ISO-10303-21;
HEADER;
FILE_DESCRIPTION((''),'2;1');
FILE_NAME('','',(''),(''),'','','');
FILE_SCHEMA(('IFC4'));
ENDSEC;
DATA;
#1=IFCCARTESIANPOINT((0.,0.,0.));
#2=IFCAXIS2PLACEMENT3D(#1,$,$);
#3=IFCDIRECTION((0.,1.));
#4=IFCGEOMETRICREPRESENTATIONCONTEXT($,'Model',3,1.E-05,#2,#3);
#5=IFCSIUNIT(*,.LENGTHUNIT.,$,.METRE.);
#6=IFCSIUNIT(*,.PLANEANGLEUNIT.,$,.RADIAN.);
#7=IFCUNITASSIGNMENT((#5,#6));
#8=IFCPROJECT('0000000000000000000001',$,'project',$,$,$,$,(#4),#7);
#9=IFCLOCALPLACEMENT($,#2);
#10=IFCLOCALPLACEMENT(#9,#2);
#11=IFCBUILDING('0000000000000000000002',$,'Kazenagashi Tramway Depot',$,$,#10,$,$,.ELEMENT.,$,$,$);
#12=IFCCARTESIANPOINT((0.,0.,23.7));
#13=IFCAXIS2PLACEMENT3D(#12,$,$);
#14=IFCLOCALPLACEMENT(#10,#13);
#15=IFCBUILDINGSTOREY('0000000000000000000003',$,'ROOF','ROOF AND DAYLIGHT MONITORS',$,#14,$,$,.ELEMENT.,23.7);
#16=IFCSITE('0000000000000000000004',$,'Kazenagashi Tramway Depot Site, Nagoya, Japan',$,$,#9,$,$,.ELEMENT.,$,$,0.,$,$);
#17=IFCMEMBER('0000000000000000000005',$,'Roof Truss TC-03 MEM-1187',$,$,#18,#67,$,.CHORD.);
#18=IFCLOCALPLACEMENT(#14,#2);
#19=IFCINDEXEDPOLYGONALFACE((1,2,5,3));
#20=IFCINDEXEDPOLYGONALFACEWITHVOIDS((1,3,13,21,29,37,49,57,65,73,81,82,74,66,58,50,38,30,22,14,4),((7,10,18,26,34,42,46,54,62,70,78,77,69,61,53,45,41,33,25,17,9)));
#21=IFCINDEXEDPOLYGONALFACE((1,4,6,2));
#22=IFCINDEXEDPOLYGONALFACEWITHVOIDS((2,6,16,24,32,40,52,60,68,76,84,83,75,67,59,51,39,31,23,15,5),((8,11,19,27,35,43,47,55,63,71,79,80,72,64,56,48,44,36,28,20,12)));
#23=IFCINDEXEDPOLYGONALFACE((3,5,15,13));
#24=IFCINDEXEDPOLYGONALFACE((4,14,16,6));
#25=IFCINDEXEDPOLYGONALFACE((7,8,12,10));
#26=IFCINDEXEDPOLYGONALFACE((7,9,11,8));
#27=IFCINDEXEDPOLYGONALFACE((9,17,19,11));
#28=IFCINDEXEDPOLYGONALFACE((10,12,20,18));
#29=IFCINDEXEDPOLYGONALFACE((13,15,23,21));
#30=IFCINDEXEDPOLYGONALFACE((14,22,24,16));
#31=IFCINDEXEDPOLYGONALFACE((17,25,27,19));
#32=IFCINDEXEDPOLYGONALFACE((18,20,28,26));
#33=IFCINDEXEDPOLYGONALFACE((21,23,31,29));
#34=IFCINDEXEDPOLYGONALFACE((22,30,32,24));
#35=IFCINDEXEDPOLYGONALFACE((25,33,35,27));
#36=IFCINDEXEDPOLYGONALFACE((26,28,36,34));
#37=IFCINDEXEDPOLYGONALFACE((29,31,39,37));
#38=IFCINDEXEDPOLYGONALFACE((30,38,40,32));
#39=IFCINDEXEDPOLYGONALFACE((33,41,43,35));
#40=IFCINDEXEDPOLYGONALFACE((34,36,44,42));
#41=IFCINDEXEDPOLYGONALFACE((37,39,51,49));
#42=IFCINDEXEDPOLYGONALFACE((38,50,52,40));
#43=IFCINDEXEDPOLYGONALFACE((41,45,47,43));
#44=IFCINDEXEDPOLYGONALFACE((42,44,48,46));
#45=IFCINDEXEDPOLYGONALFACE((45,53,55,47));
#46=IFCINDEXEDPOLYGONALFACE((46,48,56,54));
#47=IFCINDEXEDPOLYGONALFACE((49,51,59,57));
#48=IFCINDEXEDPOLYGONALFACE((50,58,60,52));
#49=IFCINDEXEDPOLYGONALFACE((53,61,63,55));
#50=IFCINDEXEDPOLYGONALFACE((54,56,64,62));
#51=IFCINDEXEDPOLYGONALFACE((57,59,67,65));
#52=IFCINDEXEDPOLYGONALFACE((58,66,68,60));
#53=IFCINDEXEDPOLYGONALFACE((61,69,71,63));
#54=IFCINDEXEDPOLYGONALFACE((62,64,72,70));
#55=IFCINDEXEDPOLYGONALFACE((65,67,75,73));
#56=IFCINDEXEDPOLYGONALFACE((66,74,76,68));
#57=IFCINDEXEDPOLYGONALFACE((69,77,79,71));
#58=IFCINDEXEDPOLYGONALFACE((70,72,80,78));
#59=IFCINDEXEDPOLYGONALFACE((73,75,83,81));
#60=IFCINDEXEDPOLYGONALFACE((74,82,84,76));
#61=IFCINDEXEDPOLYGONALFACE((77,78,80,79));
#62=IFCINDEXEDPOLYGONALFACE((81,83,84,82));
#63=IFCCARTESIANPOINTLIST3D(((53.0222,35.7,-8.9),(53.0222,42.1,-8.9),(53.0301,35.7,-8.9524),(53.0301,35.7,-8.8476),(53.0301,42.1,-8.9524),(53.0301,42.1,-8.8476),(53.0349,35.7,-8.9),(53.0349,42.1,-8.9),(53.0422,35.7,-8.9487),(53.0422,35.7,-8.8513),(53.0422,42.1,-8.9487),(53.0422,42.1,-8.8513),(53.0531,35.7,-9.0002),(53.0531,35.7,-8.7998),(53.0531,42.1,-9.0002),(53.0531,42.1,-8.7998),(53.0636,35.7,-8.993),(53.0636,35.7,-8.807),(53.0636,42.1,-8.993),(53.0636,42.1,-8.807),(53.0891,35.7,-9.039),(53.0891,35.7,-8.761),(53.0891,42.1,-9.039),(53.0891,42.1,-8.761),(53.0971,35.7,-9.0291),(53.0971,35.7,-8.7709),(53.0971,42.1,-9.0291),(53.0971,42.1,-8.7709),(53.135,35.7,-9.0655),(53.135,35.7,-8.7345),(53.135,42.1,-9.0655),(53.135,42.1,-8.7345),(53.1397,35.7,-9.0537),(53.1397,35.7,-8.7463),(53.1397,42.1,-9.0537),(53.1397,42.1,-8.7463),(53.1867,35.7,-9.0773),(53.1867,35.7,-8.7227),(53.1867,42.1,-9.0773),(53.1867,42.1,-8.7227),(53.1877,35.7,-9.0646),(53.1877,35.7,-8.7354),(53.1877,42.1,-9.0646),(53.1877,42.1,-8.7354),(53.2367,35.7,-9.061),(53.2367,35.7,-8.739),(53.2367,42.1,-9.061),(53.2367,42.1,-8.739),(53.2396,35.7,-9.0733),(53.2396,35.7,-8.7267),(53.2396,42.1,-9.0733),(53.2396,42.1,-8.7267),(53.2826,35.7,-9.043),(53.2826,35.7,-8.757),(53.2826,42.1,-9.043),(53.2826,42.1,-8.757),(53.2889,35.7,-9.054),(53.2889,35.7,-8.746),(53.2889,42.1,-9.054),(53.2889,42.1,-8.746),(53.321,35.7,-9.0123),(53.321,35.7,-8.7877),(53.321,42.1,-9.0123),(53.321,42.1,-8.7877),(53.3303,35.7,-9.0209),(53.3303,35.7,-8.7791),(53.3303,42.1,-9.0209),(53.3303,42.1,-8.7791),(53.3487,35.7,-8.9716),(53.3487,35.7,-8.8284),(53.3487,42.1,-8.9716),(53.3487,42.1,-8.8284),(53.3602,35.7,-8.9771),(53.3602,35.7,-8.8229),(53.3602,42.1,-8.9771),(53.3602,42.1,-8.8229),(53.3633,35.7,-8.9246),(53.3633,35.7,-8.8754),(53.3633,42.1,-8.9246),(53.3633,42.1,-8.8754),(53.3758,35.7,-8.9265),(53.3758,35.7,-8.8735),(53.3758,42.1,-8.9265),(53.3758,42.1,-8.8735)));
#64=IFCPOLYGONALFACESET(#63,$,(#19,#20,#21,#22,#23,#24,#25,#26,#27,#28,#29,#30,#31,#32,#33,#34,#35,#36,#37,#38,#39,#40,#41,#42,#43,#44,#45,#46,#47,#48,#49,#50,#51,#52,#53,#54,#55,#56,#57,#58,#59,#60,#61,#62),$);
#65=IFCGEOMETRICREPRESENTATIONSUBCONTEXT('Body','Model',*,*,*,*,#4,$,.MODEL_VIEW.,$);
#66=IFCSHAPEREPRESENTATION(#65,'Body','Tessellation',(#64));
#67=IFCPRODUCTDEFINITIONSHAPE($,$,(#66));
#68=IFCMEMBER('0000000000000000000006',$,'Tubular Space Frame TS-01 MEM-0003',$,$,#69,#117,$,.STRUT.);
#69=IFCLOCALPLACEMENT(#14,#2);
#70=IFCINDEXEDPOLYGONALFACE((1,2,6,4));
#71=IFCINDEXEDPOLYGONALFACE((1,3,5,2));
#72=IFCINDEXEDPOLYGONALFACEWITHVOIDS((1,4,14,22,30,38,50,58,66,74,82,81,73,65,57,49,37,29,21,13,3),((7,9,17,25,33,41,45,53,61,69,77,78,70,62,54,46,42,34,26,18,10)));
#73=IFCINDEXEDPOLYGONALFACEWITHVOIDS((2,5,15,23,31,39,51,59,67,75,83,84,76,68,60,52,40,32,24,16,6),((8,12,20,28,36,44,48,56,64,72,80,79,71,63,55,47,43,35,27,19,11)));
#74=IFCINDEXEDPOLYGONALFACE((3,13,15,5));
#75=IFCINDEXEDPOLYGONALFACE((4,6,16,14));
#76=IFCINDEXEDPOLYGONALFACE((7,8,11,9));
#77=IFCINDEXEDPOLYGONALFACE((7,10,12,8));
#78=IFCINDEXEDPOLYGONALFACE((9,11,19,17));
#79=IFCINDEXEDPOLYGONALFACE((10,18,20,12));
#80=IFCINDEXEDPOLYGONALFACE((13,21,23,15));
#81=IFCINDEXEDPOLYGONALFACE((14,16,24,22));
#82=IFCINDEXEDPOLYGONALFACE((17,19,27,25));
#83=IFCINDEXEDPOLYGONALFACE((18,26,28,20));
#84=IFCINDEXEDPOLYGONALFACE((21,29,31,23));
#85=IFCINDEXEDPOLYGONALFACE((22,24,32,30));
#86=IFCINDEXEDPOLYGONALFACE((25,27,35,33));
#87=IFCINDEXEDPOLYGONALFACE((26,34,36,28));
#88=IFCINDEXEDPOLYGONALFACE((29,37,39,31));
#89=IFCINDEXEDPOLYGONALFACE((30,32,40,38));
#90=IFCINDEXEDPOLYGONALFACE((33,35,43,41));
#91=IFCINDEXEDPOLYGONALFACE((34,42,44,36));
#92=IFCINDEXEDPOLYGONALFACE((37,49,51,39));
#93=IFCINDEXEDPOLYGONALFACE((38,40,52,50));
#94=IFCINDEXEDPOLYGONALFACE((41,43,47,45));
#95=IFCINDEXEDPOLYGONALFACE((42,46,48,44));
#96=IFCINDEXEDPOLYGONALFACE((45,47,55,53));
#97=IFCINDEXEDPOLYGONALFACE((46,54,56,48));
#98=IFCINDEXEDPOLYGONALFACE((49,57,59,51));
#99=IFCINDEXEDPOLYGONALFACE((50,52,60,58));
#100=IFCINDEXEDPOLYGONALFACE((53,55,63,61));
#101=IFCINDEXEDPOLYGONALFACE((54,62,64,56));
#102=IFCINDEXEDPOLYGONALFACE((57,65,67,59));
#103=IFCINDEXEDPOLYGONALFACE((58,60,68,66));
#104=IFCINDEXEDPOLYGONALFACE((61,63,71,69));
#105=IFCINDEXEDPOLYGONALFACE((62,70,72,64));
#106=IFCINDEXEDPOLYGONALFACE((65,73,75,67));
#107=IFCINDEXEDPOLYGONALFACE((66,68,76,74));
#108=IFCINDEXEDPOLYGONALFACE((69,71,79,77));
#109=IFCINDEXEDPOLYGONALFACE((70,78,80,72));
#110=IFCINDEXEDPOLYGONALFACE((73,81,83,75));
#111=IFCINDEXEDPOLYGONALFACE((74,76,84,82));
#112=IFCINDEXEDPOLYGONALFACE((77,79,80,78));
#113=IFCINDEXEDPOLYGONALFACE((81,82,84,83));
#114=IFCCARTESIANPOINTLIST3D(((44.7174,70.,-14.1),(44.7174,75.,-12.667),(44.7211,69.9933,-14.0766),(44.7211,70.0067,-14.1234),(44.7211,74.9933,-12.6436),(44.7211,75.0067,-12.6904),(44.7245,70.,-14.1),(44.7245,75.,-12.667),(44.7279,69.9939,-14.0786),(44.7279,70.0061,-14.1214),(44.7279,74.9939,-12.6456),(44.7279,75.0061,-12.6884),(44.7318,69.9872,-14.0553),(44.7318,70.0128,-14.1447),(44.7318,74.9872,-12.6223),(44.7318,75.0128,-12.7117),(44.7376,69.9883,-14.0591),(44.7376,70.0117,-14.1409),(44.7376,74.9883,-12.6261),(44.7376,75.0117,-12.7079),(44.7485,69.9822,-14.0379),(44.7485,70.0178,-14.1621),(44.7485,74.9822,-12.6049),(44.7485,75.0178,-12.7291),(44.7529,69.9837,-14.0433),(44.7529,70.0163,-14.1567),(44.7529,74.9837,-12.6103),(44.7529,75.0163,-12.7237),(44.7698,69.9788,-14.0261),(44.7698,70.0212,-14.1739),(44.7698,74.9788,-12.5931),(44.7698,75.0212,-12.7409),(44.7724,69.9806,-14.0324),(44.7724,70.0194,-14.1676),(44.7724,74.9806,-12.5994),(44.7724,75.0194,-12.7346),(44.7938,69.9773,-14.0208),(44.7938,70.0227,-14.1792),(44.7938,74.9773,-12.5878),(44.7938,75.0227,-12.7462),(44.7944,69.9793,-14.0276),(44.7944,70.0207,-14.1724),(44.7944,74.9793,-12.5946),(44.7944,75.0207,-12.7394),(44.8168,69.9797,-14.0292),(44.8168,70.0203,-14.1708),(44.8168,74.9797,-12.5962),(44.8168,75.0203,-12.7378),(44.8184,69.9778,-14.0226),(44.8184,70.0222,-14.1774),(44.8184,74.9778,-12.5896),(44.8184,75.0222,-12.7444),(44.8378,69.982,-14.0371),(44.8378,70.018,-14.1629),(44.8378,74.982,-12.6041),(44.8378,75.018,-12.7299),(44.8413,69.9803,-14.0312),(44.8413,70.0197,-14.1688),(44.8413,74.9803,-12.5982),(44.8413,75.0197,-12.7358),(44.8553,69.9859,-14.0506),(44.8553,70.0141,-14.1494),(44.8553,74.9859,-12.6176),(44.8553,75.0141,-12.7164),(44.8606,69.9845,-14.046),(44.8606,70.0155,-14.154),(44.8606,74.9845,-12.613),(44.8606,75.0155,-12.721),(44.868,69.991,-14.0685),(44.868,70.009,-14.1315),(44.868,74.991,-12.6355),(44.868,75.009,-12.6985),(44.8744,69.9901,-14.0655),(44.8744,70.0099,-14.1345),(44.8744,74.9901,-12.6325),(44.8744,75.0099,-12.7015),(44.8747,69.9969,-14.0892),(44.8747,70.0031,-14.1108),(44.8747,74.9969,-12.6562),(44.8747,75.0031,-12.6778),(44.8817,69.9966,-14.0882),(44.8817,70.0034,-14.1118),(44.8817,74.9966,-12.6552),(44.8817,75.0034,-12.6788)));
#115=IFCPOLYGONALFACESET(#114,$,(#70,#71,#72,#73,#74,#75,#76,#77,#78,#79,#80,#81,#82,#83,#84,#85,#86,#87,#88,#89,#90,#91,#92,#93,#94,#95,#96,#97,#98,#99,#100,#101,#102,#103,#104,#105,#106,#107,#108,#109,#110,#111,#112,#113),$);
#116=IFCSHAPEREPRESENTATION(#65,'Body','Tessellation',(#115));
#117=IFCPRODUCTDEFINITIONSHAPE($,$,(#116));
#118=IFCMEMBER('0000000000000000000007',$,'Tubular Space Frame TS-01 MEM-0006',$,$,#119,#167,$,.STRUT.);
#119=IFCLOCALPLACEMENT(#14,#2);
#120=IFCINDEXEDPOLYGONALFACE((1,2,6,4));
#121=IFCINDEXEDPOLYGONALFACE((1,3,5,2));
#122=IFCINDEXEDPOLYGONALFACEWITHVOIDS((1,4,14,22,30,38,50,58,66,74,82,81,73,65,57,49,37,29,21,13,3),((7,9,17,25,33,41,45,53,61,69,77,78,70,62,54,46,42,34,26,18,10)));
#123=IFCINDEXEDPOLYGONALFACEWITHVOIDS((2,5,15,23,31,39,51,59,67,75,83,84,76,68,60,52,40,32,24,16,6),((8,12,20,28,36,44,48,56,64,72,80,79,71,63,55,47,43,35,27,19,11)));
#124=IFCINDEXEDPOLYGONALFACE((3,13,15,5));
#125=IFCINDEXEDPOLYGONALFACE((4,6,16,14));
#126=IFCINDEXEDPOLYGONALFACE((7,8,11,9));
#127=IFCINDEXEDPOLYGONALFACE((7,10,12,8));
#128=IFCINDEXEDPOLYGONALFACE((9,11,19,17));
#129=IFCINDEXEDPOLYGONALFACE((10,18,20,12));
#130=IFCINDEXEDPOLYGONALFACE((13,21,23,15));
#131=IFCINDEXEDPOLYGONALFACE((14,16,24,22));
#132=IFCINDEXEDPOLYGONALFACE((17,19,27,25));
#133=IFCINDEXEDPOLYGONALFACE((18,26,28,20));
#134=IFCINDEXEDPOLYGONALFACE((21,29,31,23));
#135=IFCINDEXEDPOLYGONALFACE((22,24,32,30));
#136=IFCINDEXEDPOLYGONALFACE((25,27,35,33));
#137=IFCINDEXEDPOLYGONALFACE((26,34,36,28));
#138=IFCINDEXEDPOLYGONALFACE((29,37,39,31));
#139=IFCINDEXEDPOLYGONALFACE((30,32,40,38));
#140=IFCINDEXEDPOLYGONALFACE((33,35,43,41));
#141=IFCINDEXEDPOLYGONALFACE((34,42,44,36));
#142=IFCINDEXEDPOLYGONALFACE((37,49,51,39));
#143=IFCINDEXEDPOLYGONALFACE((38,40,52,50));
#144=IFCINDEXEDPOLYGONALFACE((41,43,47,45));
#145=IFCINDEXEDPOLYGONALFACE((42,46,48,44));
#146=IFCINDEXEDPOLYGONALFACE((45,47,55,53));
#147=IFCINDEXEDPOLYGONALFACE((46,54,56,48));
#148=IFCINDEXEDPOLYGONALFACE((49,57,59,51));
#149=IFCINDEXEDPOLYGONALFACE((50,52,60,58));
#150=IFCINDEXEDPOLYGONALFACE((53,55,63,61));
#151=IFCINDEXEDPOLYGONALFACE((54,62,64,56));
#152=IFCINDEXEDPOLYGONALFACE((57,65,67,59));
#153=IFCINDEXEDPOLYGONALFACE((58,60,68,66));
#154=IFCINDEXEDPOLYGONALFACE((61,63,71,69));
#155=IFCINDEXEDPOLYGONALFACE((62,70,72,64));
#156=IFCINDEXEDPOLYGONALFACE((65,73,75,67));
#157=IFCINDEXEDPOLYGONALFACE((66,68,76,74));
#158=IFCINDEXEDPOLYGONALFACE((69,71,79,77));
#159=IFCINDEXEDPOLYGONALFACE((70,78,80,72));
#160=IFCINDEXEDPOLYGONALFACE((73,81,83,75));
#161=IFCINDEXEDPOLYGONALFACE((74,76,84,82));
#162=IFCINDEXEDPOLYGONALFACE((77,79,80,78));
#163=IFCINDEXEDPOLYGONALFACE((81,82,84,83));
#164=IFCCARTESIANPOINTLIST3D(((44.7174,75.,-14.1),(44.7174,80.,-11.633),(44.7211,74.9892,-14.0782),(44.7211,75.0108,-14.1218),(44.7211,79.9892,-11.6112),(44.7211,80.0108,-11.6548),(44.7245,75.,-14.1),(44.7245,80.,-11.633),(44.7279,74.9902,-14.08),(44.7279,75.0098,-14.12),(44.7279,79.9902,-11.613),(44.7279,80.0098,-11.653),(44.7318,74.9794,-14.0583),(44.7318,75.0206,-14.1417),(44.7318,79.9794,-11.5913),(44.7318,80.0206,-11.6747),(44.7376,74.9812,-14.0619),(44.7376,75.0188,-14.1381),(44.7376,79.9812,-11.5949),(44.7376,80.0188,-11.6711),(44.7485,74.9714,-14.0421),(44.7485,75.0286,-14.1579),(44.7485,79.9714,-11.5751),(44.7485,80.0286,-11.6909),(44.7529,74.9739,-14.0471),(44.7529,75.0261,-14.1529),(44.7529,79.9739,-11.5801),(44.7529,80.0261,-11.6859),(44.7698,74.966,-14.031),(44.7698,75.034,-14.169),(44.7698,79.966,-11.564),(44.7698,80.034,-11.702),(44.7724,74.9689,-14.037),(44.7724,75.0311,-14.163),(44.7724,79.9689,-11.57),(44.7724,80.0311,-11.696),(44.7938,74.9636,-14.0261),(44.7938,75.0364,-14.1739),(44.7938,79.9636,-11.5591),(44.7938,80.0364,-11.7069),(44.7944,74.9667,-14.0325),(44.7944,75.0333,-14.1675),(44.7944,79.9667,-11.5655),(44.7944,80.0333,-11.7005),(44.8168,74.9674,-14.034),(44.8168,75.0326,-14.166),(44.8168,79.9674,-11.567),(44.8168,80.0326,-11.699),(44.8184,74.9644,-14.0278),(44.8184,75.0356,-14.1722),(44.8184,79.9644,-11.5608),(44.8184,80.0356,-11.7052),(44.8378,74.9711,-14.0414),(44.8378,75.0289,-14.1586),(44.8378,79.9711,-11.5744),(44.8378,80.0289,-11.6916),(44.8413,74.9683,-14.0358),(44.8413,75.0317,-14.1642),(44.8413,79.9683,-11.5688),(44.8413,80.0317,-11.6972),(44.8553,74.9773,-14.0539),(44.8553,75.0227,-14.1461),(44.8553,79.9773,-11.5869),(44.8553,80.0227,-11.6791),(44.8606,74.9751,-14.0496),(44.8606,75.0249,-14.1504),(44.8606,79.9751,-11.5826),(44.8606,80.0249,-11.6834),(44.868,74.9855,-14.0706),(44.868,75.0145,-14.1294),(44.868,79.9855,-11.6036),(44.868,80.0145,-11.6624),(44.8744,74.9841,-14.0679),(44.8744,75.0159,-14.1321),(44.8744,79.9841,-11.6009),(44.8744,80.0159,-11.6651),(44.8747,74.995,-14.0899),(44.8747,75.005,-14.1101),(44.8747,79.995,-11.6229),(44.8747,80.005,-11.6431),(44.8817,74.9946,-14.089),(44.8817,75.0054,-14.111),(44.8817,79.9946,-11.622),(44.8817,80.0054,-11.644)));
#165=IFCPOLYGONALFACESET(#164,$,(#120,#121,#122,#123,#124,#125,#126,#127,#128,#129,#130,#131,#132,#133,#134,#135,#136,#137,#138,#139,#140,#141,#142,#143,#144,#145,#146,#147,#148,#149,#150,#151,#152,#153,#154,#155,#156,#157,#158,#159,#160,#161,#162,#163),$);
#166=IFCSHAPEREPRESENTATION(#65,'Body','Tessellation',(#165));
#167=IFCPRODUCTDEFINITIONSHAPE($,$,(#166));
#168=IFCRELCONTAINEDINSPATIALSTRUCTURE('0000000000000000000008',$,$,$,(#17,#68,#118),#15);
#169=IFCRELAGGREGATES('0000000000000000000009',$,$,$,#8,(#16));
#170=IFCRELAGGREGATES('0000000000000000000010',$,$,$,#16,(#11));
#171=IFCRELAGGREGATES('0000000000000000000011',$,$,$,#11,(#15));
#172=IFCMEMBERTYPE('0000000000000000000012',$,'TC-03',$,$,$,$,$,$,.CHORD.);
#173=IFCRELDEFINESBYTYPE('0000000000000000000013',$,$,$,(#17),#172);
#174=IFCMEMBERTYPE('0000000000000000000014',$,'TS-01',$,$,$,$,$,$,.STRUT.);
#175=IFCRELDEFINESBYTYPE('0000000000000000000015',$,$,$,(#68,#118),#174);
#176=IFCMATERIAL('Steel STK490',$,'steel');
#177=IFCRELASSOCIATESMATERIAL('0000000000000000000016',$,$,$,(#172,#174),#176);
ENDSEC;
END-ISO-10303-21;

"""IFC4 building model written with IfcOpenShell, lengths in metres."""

from ifc_helpers import new_model, si_unit, direction, frame, origin, origin_2d, place, context, subcontext, project, spatial, hollow_circle, extrude, material, material_profile, profile_set, type_object, element, save


model = new_model("IFC4")

# Units and contexts
model_context = context("Model", 3, precision=1e-05, world=origin(), true_north=direction((0.0, 1.0)))
body_context = subcontext(model_context, "Body", "Model", "MODEL_VIEW")
ifc_project = project(units=[si_unit("LENGTHUNIT", "METRE"), si_unit("PLANEANGLEUNIT", "RADIAN")], contexts=[model_context])

# Site, building, storey
site_placement = place(None, origin())
site = spatial("IfcSite", under=ifc_project, at=site_placement, Name="Kazenagashi Tramway Depot Site, Nagoya, Japan", CompositionType="ELEMENT", RefElevation=0.0)
building_placement = place(site_placement, origin())
building = spatial("IfcBuilding", under=site, at=building_placement, Name="Kazenagashi Tramway Depot", CompositionType="ELEMENT")
storey_placement = place(building_placement, frame((0.0, 0.0, 23.7)))
storey = spatial("IfcBuildingStorey", under=building, at=storey_placement, Name="ROOF", Description="ROOF AND DAYLIGHT MONITORS", CompositionType="ELEMENT", Elevation=23.7)

# Members
ifc_material_1 = material(Name="Steel STK490", Category="steel")
ifc_material_profile_1 = material_profile(ifc_material_1, hollow_circle(Radius=0.1778, WallThickness=0.0127, at=origin_2d()), Name="CHS-355.6x12.7")
ifc_profile_set_1 = profile_set([ifc_material_profile_1], Name="Steel STK490")
member_type_1 = type_object("IfcMemberType", Name="TC-03", PredefinedType="CHORD", material=ifc_profile_set_1)
for number, where, z_axis, x_axis, name in (
    (1, (53.2, 35.7, -8.9), (0.0, 1.0, 0.0), (-1.0, 0.0, 0.0), "Roof Truss TC-03 MEM-1187"),
):
    element("IfcMember", number, at=place(storey_placement, frame(where, z_axis=z_axis, x_axis=x_axis)), inside=storey, type_object=member_type_1, Name=name, PredefinedType="CHORD", context=body_context, shape_type="SweptSolid", body=[
        extrude(hollow_circle(Radius=0.1778, WallThickness=0.0127, at=origin_2d()), origin(), (0.0, 0.0, 1.0), 6.4),
    ])
ifc_material_profile_2 = material_profile(ifc_material_1, hollow_circle(Radius=0.0826, WallThickness=0.0071, at=origin_2d()), Name="CHS-165.2x7.1")
ifc_profile_set_2 = profile_set([ifc_material_profile_2], Name="Steel STK490")
member_type_2 = type_object("IfcMemberType", Name="TS-01", PredefinedType="STRUT", material=ifc_profile_set_2)
member_1_placement = place(storey_placement, frame((44.8, 70.0, -14.1), z_axis=(0.0, 0.961299, 0.275508), x_axis=(-1.0, 0.0, 0.0)))
element("IfcMember", 2, at=member_1_placement, inside=storey, type_object=member_type_2, Name="Tubular Space Frame TS-01 MEM-0003", PredefinedType="STRUT", context=body_context, shape_type="SweptSolid", body=[
    extrude(hollow_circle(Radius=0.0826, WallThickness=0.0071, at=origin_2d()), origin(), (0.0, 0.0, 1.0), 5.2013),
])
member_2_placement = place(storey_placement, frame((44.8, 75.0, -14.1), z_axis=(0.0, 0.896782, 0.442472), x_axis=(-1.0, 0.0, 0.0)))
element("IfcMember", 3, at=member_2_placement, inside=storey, type_object=member_type_2, Name="Tubular Space Frame TS-01 MEM-0006", PredefinedType="STRUT", context=body_context, shape_type="SweptSolid", body=[
    extrude(hollow_circle(Radius=0.0826, WallThickness=0.0071, at=origin_2d()), origin(), (0.0, 0.0, 1.0), 5.5755),
])

save(model, "model.ifc")
